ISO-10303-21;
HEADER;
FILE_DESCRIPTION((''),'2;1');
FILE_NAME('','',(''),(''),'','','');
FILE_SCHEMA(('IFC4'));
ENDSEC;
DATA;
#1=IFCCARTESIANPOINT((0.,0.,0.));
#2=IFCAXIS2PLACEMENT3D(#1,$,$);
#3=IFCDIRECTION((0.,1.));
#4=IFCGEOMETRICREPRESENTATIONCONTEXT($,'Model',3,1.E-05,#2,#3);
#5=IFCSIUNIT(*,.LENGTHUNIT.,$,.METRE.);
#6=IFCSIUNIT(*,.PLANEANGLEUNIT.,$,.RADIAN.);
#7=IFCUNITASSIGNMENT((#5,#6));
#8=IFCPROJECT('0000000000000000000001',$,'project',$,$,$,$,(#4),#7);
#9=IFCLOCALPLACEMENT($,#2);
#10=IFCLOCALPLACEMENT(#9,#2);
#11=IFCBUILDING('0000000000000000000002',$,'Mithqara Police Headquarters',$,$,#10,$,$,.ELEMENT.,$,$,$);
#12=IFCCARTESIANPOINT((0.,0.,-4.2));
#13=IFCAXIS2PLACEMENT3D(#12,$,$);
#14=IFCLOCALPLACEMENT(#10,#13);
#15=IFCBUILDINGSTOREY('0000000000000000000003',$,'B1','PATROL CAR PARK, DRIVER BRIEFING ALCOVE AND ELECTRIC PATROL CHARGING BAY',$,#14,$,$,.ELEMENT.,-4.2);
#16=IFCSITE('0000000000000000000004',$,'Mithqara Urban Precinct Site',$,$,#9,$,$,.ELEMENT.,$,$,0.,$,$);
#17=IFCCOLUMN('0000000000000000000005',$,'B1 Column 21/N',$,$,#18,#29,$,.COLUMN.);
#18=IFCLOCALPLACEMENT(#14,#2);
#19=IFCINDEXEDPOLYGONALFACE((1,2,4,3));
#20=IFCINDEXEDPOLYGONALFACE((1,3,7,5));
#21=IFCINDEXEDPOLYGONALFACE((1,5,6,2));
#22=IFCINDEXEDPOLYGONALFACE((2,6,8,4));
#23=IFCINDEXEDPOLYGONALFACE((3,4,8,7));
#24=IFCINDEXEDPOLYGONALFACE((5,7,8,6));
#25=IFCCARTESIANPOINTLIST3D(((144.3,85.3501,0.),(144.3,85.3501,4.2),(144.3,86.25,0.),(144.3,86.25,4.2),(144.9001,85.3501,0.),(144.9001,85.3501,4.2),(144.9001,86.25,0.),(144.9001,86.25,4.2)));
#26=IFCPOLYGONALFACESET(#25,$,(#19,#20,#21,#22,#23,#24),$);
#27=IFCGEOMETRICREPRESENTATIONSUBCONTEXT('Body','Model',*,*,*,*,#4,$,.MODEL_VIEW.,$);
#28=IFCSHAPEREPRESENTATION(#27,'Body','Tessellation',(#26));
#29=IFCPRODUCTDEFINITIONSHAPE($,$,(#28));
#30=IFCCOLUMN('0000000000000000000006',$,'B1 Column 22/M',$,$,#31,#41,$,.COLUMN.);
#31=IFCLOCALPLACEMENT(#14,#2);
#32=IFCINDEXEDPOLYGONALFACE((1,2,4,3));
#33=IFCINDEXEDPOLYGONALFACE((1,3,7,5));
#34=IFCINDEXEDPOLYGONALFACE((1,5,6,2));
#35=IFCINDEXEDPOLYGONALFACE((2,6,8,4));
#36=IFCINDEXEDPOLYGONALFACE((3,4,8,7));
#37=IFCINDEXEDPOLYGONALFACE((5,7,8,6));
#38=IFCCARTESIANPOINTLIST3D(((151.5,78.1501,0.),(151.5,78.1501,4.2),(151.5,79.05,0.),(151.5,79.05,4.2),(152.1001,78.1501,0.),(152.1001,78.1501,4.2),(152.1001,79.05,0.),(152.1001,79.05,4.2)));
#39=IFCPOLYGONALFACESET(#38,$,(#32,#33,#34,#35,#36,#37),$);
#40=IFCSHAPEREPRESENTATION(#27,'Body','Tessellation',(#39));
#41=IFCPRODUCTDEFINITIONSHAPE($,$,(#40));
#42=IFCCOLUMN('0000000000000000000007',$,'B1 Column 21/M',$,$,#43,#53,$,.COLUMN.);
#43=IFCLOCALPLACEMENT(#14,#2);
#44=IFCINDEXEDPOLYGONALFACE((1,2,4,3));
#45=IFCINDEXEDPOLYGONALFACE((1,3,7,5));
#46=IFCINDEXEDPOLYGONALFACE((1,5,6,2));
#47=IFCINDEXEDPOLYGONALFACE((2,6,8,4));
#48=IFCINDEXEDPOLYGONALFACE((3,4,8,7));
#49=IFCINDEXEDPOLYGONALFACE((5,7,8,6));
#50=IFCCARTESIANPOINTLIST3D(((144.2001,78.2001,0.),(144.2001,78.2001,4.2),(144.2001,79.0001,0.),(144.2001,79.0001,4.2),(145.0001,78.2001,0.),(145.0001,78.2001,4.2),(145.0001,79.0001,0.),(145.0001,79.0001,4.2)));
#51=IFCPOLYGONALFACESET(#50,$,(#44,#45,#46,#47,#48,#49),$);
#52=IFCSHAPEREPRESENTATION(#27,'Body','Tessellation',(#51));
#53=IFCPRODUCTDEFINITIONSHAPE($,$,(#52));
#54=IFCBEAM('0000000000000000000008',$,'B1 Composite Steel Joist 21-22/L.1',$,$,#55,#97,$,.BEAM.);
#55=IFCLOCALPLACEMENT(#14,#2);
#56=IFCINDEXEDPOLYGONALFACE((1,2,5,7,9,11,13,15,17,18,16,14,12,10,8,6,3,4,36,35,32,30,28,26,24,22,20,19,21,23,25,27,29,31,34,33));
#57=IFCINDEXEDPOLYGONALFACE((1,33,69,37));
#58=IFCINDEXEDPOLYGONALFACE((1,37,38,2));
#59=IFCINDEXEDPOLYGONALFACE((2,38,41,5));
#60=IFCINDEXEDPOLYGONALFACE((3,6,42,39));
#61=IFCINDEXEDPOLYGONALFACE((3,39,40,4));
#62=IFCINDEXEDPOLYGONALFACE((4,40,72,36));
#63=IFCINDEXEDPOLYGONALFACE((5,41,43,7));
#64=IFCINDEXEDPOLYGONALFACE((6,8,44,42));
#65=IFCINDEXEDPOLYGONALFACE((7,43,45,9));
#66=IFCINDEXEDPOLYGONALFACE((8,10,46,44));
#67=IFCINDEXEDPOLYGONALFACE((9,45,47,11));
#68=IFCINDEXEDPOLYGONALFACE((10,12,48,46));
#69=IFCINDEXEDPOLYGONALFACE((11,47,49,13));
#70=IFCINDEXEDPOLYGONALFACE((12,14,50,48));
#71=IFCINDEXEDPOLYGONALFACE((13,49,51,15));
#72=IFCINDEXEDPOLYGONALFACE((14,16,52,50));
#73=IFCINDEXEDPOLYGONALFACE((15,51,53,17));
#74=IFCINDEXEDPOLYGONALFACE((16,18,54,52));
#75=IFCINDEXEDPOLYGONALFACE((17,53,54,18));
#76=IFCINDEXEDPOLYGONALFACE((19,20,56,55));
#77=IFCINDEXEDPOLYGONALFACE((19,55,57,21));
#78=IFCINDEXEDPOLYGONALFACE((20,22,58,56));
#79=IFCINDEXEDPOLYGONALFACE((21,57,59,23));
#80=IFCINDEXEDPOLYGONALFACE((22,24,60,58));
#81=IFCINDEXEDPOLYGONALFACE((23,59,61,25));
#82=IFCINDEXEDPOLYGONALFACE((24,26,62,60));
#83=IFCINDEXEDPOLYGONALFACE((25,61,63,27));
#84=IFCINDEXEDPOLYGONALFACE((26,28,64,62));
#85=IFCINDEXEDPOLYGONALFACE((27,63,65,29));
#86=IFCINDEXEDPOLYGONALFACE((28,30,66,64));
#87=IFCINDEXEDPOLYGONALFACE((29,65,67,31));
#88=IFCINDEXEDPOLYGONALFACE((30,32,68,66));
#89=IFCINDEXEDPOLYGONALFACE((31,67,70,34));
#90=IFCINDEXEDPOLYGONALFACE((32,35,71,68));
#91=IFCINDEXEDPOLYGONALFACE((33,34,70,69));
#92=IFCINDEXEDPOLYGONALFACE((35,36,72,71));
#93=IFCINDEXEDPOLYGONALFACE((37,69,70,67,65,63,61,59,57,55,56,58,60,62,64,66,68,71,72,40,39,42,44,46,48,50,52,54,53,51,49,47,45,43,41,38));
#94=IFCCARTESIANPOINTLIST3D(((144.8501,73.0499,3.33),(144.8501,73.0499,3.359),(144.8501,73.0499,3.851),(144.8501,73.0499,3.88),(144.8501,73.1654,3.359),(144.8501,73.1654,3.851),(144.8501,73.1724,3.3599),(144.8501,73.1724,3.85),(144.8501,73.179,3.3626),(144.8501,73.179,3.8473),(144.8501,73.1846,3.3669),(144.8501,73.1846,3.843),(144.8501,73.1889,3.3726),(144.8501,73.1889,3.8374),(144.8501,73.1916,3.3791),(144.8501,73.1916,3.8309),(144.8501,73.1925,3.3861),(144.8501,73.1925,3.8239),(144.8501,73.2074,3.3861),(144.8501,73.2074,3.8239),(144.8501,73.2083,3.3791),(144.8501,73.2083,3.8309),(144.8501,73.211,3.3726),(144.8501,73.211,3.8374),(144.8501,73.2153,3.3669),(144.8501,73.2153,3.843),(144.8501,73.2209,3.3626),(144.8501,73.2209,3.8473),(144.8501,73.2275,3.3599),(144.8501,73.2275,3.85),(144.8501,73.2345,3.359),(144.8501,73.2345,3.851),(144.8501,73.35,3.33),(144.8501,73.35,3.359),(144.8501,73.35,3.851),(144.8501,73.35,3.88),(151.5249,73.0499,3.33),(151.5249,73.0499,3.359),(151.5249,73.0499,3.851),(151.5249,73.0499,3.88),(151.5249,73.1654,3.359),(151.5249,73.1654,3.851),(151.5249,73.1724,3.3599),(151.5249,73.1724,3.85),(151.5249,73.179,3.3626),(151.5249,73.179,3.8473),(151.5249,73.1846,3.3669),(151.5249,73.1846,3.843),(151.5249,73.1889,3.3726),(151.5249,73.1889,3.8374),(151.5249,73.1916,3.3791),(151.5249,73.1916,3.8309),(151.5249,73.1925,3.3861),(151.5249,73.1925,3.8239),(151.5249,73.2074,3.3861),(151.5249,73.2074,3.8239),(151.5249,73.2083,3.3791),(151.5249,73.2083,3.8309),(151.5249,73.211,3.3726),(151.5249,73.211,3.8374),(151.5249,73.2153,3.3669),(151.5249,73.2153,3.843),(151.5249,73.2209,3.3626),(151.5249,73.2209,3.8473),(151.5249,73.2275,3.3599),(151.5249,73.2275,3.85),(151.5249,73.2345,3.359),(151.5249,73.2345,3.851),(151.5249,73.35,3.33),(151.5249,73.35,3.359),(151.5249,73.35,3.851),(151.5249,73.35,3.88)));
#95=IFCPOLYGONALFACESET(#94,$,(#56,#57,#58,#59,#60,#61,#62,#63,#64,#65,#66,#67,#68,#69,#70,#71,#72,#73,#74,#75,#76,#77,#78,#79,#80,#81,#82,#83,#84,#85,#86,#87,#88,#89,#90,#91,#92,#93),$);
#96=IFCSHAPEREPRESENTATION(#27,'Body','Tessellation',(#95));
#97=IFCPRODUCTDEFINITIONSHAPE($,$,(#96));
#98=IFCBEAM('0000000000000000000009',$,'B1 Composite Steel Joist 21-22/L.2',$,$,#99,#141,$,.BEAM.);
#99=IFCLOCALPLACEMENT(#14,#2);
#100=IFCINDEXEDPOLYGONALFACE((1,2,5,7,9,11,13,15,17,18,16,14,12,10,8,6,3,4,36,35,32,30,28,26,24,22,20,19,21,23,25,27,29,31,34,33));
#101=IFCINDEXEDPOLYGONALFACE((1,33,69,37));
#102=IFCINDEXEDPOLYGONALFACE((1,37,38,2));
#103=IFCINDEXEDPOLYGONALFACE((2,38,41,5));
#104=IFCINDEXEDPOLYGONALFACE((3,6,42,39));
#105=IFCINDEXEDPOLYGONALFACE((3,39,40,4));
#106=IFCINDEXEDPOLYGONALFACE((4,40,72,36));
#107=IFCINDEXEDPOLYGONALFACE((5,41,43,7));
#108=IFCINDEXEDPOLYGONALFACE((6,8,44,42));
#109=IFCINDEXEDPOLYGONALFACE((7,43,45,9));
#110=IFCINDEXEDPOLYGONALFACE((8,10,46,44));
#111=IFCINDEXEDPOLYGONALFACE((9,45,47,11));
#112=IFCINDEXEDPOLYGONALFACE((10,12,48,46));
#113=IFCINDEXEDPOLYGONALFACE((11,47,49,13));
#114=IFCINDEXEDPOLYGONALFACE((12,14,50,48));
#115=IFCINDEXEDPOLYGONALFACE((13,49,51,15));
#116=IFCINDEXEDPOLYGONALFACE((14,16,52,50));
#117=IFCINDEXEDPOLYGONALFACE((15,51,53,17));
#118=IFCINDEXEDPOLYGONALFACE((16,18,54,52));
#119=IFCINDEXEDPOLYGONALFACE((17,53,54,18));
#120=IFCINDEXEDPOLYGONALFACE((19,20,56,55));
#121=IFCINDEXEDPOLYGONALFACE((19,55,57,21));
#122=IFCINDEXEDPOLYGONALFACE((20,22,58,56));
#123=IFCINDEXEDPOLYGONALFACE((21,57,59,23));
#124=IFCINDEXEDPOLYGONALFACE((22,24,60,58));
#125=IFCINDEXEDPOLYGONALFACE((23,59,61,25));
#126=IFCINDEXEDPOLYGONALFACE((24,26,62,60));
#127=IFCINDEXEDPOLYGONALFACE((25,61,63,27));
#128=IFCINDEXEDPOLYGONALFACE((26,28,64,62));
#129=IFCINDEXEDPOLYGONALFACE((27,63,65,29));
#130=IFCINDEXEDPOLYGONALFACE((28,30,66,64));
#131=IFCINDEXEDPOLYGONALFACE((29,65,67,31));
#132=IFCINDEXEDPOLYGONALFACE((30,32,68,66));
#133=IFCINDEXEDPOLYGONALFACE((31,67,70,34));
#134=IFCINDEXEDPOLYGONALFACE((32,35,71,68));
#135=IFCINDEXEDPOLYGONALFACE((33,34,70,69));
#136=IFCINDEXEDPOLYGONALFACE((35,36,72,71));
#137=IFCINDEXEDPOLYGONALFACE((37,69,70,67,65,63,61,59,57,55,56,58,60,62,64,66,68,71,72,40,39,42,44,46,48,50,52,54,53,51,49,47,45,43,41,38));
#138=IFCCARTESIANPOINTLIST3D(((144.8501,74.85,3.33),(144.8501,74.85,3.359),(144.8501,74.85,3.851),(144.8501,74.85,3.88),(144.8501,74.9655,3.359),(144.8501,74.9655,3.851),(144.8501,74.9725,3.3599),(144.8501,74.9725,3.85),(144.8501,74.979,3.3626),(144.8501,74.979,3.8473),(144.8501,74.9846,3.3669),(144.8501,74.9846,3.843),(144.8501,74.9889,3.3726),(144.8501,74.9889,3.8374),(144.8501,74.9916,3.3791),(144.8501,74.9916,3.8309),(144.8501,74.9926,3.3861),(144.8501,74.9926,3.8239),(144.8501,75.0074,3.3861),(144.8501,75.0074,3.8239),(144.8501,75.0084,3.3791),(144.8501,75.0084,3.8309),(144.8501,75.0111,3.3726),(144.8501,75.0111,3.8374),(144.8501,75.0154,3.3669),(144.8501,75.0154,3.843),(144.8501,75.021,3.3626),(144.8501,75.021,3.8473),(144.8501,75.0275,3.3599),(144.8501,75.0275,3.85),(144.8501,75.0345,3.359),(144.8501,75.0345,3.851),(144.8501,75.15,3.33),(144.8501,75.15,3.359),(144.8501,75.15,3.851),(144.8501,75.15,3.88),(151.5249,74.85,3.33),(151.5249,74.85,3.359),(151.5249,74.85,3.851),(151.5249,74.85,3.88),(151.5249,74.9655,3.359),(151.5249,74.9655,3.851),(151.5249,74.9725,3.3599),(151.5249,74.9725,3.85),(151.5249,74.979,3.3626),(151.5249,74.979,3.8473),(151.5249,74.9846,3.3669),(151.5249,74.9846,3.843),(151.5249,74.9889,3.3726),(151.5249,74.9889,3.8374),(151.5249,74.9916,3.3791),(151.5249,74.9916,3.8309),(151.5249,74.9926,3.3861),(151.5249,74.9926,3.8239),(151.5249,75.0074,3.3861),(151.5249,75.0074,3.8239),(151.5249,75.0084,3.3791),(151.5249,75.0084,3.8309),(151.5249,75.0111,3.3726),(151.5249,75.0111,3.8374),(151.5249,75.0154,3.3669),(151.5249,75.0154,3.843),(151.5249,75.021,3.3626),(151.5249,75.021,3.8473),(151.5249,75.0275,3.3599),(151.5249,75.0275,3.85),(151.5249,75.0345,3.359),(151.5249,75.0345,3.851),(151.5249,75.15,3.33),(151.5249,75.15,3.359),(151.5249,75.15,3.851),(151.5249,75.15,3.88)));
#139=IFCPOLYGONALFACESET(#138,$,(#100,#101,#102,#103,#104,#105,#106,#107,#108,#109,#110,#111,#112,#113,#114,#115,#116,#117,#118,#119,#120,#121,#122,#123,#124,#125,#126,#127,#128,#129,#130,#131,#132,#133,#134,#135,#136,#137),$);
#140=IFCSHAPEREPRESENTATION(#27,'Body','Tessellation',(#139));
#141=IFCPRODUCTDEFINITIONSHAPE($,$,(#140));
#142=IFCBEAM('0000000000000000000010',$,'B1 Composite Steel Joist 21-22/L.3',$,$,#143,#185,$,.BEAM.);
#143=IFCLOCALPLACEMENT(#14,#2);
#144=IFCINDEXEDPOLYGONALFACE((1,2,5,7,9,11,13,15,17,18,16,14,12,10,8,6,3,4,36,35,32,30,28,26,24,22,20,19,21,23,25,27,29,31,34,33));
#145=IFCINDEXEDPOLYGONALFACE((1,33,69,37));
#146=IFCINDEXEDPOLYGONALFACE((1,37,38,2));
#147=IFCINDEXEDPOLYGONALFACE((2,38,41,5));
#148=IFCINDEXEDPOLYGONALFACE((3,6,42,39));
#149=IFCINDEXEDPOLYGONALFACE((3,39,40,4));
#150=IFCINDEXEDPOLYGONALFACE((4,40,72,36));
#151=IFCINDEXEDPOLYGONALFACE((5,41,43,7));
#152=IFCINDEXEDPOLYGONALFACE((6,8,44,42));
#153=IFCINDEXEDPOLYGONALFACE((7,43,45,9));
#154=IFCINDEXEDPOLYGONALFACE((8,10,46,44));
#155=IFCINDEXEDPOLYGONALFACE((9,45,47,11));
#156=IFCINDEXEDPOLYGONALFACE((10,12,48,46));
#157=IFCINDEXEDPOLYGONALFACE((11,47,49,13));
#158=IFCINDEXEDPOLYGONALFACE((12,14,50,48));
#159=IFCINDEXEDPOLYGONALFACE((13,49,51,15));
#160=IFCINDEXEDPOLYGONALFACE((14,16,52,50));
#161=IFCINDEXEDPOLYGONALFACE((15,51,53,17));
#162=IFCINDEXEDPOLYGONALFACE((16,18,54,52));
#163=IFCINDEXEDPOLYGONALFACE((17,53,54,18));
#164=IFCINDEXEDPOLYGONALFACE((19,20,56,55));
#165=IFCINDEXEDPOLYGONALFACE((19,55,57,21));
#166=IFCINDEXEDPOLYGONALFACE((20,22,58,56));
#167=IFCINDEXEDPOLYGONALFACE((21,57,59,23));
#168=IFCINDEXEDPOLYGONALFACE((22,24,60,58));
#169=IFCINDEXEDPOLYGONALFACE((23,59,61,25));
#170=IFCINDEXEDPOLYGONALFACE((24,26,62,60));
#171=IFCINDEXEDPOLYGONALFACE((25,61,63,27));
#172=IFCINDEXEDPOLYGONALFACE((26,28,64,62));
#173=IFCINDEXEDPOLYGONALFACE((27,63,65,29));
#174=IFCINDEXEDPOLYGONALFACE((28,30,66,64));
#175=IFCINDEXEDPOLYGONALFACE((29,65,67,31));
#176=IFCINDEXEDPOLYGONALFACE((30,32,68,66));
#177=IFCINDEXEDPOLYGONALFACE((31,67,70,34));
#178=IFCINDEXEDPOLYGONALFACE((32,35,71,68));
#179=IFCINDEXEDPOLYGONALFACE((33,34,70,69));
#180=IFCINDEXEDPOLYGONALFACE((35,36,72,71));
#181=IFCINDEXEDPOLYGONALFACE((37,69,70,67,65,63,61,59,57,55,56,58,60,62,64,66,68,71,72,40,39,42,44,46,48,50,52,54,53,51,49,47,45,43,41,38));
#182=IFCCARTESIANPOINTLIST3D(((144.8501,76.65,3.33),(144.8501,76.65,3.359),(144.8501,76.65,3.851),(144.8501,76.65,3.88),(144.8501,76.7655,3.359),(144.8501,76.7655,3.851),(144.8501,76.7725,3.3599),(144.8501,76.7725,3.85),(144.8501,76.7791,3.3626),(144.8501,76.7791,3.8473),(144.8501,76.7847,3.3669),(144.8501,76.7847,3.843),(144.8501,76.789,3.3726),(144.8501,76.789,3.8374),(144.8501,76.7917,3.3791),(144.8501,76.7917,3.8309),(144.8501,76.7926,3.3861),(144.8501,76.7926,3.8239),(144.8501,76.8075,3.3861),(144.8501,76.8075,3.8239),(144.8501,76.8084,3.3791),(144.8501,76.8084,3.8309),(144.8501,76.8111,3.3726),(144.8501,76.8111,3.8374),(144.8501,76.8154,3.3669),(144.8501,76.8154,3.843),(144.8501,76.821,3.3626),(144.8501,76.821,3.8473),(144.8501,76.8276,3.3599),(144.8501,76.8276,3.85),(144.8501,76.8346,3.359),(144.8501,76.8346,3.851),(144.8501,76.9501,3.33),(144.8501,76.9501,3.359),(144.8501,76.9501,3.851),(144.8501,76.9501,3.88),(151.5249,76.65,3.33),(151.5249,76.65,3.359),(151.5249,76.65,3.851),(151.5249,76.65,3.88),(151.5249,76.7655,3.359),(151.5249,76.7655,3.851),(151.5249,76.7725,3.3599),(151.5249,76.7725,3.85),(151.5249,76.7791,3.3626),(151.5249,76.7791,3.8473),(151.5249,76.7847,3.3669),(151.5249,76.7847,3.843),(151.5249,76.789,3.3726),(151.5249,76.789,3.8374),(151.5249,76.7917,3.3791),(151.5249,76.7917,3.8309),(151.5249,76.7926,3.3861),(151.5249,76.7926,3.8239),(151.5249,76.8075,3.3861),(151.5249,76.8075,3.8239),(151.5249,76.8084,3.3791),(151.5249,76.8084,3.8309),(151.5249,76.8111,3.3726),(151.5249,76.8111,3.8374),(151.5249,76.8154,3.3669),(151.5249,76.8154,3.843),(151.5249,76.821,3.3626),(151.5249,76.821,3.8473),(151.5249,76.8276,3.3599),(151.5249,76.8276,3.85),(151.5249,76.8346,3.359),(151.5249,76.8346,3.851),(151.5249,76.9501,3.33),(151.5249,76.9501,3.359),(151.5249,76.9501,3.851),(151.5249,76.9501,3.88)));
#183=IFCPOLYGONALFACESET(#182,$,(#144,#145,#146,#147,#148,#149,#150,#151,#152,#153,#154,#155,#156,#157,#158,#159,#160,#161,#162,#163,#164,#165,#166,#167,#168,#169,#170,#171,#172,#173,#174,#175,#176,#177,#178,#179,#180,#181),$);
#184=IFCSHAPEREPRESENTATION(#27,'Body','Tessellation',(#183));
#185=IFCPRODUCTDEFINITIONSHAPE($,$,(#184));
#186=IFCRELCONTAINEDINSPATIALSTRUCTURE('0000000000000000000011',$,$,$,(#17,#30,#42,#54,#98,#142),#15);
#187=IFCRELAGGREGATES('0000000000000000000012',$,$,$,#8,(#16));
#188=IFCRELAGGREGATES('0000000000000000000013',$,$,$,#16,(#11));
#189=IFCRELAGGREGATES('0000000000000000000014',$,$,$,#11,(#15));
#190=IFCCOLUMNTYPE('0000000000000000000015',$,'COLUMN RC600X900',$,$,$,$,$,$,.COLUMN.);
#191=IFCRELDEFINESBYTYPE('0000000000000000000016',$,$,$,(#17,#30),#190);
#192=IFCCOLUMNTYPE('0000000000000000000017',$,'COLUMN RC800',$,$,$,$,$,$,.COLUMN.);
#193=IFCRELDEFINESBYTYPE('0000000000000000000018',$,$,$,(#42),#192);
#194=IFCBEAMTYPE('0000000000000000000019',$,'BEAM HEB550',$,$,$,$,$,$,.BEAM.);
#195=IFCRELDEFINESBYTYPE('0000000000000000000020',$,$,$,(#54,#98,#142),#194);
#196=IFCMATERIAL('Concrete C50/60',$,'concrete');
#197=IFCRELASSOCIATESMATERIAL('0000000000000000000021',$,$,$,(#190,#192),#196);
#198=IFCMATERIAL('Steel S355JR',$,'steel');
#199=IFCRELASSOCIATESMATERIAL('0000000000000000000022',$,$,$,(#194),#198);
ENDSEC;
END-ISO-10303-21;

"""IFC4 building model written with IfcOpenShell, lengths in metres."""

from ifc_helpers import new_model, si_unit, direction, frame, origin, origin_2d, place, context, subcontext, project, spatial, rectangle, i_section, extrude, material, material_profile, profile_set, type_object, element, save


model = new_model("IFC4")

# Units and contexts
model_context = context("Model", 3, precision=1e-05, world=origin(), true_north=direction((0.0, 1.0)))
body_context = subcontext(model_context, "Body", "Model", "MODEL_VIEW")
ifc_project = project(units=[si_unit("LENGTHUNIT", "METRE"), si_unit("PLANEANGLEUNIT", "RADIAN")], contexts=[model_context])

# Site, building, storey
site_placement = place(None, origin())
site = spatial("IfcSite", under=ifc_project, at=site_placement, Name="Mithqara Urban Precinct Site", CompositionType="ELEMENT", RefElevation=0.0)
building_placement = place(site_placement, origin())
building = spatial("IfcBuilding", under=site, at=building_placement, Name="Mithqara Police Headquarters", CompositionType="ELEMENT")
storey_placement = place(building_placement, frame((0.0, 0.0, -4.2)))
storey = spatial("IfcBuildingStorey", under=building, at=storey_placement, Name="B1", Description="PATROL CAR PARK, DRIVER BRIEFING ALCOVE AND ELECTRIC PATROL CHARGING BAY", CompositionType="ELEMENT", Elevation=-4.2)

# Columns
ifc_material_1 = material(Name="Concrete C50/60", Category="concrete")
ifc_material_profile_1 = material_profile(ifc_material_1, rectangle(XDim=0.6001, YDim=0.8999, at=origin_2d()), Name="RC 600x900")
ifc_profile_set_1 = profile_set([ifc_material_profile_1], Name="Concrete C50/60")
column_type_1 = type_object("IfcColumnType", Name="COLUMN RC600X900", PredefinedType="COLUMN", material=ifc_profile_set_1)
for number, where, z_axis, x_axis, name in (
    (1, (144.6001, 85.8, 0.0), (0.0, 0.0, 1.0), (1.0, 0.0, 0.0), "B1 Column 21/N"),
    (2, (151.8, 78.6001, 0.0), (0.0, 0.0, 1.0), (1.0, 0.0, 0.0), "B1 Column 22/M"),
):
    element("IfcColumn", number, at=place(storey_placement, frame(where, z_axis=z_axis, x_axis=x_axis)), inside=storey, type_object=column_type_1, Name=name, PredefinedType="COLUMN", context=body_context, shape_type="SweptSolid", body=[
        extrude(rectangle(XDim=0.6001, YDim=0.8999, at=origin_2d()), origin(), (0.0, 0.0, 1.0), 4.2),
    ])
ifc_material_profile_2 = material_profile(ifc_material_1, rectangle(XDim=0.8, YDim=0.8, at=origin_2d()), Name="RC 800x800")
ifc_profile_set_2 = profile_set([ifc_material_profile_2], Name="Concrete C50/60")
column_type_2 = type_object("IfcColumnType", Name="COLUMN RC800", PredefinedType="COLUMN", material=ifc_profile_set_2)
column_placement = place(storey_placement, frame((144.6001, 78.6001, 0.0), z_axis=(0.0, 0.0, 1.0), x_axis=(1.0, 0.0, 0.0)))
element("IfcColumn", 3, at=column_placement, inside=storey, type_object=column_type_2, Name="B1 Column 21/M", PredefinedType="COLUMN", context=body_context, shape_type="SweptSolid", body=[
    extrude(rectangle(XDim=0.8, YDim=0.8, at=origin_2d()), origin(), (0.0, 0.0, 1.0), 4.2),
])

# Beams
ifc_material_2 = material(Name="Steel S355JR", Category="steel")
ifc_material_profile_3 = material_profile(ifc_material_2, i_section(OverallWidth=0.3, OverallDepth=0.55, WebThickness=0.0149, FlangeThickness=0.0291, FilletRadius=0.0271, at=origin_2d()), Name="HEB 550")
ifc_profile_set_3 = profile_set([ifc_material_profile_3], Name="Steel S355JR")
beam_type_1 = type_object("IfcBeamType", Name="BEAM HEB550", PredefinedType="BEAM", material=ifc_profile_set_3)
for number, where, z_axis, x_axis, name in (
    (4, (144.8501, 73.2, 3.605), (1.0, 0.0, 0.0), (0.0, 1.0, 0.0), "B1 Composite Steel Joist 21-22/L.1"),
    (5, (144.8501, 75.0, 3.605), (1.0, 0.0, 0.0), (0.0, 1.0, 0.0), "B1 Composite Steel Joist 21-22/L.2"),
    (6, (144.8501, 76.8, 3.605), (1.0, 0.0, 0.0), (0.0, 1.0, 0.0), "B1 Composite Steel Joist 21-22/L.3"),
):
    element("IfcBeam", number, at=place(storey_placement, frame(where, z_axis=z_axis, x_axis=x_axis)), inside=storey, type_object=beam_type_1, Name=name, PredefinedType="BEAM", context=body_context, shape_type="SweptSolid", body=[
        extrude(i_section(OverallWidth=0.3, OverallDepth=0.55, WebThickness=0.0149, FlangeThickness=0.0291, FilletRadius=0.0271, at=origin_2d()), origin(), (0.0, 0.0, 1.0), 6.6748),
    ])

save(model, "model.ifc")
